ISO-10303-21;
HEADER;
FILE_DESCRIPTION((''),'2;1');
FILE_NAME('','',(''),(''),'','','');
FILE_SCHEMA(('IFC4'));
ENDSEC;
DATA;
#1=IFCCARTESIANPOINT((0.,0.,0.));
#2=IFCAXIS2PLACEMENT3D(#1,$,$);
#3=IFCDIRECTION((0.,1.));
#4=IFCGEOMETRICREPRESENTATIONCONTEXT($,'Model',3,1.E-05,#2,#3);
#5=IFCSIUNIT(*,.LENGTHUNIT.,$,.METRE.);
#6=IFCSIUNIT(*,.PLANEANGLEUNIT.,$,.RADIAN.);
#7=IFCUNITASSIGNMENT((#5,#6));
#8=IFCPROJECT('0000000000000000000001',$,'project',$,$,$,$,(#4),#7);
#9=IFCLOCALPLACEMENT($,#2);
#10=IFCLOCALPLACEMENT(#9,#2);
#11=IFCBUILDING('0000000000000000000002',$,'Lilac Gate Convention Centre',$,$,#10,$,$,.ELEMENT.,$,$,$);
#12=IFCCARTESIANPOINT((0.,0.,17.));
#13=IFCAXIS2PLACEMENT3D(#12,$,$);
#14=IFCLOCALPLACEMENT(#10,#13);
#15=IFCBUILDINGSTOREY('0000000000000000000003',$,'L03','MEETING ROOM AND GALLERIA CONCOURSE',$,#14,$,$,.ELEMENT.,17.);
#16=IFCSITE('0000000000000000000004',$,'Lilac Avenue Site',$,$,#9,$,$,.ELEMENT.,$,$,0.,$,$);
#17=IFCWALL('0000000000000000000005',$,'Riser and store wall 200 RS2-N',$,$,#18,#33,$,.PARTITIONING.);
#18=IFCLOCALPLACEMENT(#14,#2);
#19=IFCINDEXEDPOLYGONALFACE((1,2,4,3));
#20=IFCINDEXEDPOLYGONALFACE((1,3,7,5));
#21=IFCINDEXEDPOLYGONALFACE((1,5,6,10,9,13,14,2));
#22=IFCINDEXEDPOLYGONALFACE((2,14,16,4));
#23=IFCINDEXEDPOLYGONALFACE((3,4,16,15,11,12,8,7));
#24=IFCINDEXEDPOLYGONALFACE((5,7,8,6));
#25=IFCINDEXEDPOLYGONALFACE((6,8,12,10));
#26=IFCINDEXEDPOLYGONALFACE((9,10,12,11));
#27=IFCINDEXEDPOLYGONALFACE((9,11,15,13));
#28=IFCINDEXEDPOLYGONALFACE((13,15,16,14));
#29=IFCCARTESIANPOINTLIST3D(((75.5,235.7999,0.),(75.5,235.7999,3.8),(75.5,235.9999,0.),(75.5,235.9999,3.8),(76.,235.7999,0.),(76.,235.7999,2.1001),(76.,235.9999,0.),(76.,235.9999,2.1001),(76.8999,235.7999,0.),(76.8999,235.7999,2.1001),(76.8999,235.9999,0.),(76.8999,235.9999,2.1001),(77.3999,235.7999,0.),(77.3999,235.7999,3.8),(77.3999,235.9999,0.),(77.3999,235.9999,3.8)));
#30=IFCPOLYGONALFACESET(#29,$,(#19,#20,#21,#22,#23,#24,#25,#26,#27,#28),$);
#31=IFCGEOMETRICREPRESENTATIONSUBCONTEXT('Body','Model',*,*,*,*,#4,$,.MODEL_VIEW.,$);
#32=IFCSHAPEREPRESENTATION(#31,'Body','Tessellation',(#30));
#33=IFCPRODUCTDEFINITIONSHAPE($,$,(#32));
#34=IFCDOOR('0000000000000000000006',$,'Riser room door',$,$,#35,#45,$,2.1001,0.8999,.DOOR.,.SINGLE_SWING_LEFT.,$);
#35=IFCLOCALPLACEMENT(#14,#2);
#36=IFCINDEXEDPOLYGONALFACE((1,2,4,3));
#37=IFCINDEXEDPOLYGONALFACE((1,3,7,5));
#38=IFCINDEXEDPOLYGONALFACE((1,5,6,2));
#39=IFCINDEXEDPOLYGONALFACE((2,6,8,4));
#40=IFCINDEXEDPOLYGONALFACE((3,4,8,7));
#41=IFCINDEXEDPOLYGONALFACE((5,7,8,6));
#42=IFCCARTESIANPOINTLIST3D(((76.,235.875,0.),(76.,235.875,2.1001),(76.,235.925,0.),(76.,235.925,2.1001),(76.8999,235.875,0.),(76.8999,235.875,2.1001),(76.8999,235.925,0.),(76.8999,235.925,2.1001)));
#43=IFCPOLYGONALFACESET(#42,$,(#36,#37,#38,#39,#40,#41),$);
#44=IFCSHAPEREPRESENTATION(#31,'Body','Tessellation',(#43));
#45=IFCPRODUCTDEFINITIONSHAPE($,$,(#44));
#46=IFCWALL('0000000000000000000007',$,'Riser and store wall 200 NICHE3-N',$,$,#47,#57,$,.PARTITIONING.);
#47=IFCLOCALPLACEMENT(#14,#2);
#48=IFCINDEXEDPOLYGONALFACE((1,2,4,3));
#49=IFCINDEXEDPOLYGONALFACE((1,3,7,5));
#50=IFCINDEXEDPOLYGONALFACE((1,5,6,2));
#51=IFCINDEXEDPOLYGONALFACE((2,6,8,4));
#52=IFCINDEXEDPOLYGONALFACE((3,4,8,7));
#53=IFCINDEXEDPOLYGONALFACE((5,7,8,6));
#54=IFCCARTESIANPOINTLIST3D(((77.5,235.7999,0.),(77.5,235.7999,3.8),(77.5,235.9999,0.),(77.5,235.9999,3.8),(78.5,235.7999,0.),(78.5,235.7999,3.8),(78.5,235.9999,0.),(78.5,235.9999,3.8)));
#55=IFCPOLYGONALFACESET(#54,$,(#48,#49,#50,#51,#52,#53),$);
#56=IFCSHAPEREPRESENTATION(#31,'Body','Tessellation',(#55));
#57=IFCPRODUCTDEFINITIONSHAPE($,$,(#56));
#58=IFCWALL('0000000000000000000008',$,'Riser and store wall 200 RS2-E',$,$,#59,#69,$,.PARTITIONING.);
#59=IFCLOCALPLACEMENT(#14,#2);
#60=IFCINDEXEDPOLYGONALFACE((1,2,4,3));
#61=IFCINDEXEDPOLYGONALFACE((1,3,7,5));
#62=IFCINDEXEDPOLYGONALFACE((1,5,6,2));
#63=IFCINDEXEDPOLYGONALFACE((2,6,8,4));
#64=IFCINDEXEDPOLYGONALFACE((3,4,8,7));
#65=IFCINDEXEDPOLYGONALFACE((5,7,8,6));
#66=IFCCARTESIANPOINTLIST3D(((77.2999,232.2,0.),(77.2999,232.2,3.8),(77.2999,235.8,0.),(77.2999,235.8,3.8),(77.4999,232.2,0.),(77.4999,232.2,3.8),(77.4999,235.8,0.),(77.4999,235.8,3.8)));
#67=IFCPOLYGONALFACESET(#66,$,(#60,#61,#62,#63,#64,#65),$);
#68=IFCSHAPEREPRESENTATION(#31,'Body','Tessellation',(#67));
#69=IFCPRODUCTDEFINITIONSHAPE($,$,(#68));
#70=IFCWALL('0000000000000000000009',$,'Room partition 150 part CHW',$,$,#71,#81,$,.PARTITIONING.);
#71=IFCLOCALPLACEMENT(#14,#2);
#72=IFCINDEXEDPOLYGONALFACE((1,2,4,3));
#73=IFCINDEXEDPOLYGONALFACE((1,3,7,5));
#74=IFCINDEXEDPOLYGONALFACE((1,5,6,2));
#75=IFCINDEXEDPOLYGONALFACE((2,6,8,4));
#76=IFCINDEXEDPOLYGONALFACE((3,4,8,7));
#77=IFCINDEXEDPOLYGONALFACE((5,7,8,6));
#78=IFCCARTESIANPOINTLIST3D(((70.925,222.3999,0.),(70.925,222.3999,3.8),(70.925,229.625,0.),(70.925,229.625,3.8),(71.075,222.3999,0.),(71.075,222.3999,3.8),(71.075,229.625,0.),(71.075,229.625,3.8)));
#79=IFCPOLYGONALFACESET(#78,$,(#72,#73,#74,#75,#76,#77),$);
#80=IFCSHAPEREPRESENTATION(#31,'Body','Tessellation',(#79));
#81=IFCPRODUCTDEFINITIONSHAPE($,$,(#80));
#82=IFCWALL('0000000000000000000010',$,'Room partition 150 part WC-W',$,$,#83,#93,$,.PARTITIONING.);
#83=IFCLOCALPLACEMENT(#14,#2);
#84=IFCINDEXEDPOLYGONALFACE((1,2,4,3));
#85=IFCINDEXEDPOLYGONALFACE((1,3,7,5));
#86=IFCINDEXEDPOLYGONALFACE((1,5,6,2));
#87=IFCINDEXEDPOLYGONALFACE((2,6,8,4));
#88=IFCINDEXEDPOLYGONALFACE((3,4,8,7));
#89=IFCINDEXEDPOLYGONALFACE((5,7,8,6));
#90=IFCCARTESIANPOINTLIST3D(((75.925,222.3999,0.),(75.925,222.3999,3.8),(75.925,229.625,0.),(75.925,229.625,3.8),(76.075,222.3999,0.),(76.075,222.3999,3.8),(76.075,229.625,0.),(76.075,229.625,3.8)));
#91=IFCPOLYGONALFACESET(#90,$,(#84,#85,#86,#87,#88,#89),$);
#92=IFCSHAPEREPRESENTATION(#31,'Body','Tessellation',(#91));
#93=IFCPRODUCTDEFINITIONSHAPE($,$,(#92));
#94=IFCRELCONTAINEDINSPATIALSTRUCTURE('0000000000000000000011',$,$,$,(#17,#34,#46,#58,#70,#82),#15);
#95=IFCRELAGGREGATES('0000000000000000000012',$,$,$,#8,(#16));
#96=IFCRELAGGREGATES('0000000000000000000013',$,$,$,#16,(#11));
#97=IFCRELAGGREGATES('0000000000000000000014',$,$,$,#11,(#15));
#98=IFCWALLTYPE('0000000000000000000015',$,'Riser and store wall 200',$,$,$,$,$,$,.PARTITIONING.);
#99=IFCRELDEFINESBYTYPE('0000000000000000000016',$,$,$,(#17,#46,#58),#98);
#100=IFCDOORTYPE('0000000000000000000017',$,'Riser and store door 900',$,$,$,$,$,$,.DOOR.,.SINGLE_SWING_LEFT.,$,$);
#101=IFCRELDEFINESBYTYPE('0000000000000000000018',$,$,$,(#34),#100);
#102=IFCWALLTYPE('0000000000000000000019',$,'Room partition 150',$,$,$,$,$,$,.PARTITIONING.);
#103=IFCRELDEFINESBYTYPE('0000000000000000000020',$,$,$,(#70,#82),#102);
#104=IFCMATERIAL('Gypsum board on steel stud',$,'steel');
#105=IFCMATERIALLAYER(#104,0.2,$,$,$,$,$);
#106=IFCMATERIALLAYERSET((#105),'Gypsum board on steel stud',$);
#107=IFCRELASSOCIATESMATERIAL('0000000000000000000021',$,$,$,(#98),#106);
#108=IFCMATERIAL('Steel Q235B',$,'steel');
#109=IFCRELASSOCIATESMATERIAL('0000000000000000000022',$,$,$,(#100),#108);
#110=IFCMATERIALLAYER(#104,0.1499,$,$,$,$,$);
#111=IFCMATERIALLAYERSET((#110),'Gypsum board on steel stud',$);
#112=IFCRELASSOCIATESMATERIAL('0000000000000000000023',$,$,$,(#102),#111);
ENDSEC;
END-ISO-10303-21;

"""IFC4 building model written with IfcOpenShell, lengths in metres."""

from ifc_helpers import new_model, si_unit, direction, frame, frame_2d, origin, place, context, subcontext, project, spatial, rectangle, extrude, material, layer, layer_set, type_object, element, fill, save


model = new_model("IFC4")

# Units and contexts
model_context = context("Model", 3, precision=1e-05, world=origin(), true_north=direction((0.0, 1.0)))
body_context = subcontext(model_context, "Body", "Model", "MODEL_VIEW")
ifc_project = project(units=[si_unit("LENGTHUNIT", "METRE"), si_unit("PLANEANGLEUNIT", "RADIAN")], contexts=[model_context])

# Site, building, storey
site_placement = place(None, origin())
site = spatial("IfcSite", under=ifc_project, at=site_placement, Name="Lilac Avenue Site", CompositionType="ELEMENT", RefElevation=0.0)
building_placement = place(site_placement, origin())
building = spatial("IfcBuilding", under=site, at=building_placement, Name="Lilac Gate Convention Centre", CompositionType="ELEMENT")
storey_placement = place(building_placement, frame((0.0, 0.0, 17.0)))
storey = spatial("IfcBuildingStorey", under=building, at=storey_placement, Name="L03", Description="MEETING ROOM AND GALLERIA CONCOURSE", CompositionType="ELEMENT", Elevation=17.0)

# Shared definitions
ifc_material_1 = material(Name="Gypsum board on steel stud", Category="steel")

# Shared definitions
ifc_layer_1 = layer(ifc_material_1, 0.2)
ifc_layer_set_1 = layer_set([ifc_layer_1], Name="Gypsum board on steel stud")
wall_type_1 = type_object("IfcWallType", Name="Riser and store wall 200", PredefinedType="PARTITIONING", material=ifc_layer_set_1)

# Wall, opening, door
wall_1_placement = place(storey_placement, frame((77.3999, 235.8999, 0.0), z_axis=(0.0, 0.0, 1.0), x_axis=(-1.0, 0.0, 0.0)))
wall_1 = element("IfcWall", 1, at=wall_1_placement, inside=storey, type_object=wall_type_1, Name="Riser and store wall 200 RS2-N", PredefinedType="PARTITIONING", context=body_context, shape_type="SweptSolid", body=[
    extrude(rectangle(XDim=1.8999, YDim=0.2, at=frame_2d((0.95, 0.0))), origin(), (0.0, 0.0, 1.0), 3.8),
])
opening_1_placement = place(wall_1_placement, frame((0.5, 0.0, 0.0)))
opening_1 = element("IfcOpeningElement", 2, at=opening_1_placement, cuts=wall_1, PredefinedType="OPENING", context=body_context, shape_type="SweptSolid", body=[
    extrude(rectangle(XDim=0.8999, YDim=2.1001, at=frame_2d((0.45, 1.05))), frame((0.0, 0.1099, 0.0), z_axis=(0.0, -1.0, 0.0), x_axis=(1.0, 0.0, 0.0)), (0.0, 0.0, 1.0), 0.22),
])
ifc_material_2 = material(Name="Steel Q235B", Category="steel")
door_type_1 = type_object("IfcDoorType", Name="Riser and store door 900", OperationType="SINGLE_SWING_LEFT", PredefinedType="DOOR", material=ifc_material_2)
door_1_placement = place(opening_1_placement, origin())
door_1 = element("IfcDoor", 3, at=door_1_placement, inside=storey, type_object=door_type_1, Name="Riser room door", OperationType="SINGLE_SWING_LEFT", OverallHeight=2.1001, OverallWidth=0.8999, PredefinedType="DOOR", context=body_context, shape_type="SweptSolid", body=[
    extrude(rectangle(XDim=0.8999, YDim=2.1001, at=frame_2d((0.45, 1.05))), frame((0.0, 0.0249, 0.0), z_axis=(0.0, -1.0, 0.0), x_axis=(1.0, 0.0, 0.0)), (0.0, 0.0, 1.0), 0.05),
])
fill(opening_1, door_1)

# Walls
wall_2_placement = place(storey_placement, frame((77.5, 235.8999, 0.0), z_axis=(0.0, 0.0, 1.0), x_axis=(1.0, 0.0, 0.0)))
element("IfcWall", 4, at=wall_2_placement, inside=storey, type_object=wall_type_1, Name="Riser and store wall 200 NICHE3-N", PredefinedType="PARTITIONING", context=body_context, shape_type="SweptSolid", body=[
    extrude(rectangle(XDim=1.0, YDim=0.2, at=frame_2d((0.5, 0.0))), origin(), (0.0, 0.0, 1.0), 3.8),
])
wall_3_placement = place(storey_placement, frame((77.3999, 232.2, 0.0), z_axis=(0.0, 0.0, 1.0), x_axis=(0.0, 1.0, 0.0)))
element("IfcWall", 5, at=wall_3_placement, inside=storey, type_object=wall_type_1, Name="Riser and store wall 200 RS2-E", PredefinedType="PARTITIONING", context=body_context, shape_type="SweptSolid", body=[
    extrude(rectangle(XDim=3.6001, YDim=0.2, at=frame_2d((1.8, 0.0))), origin(), (0.0, 0.0, 1.0), 3.8),
])
ifc_layer_2 = layer(ifc_material_1, 0.1499)
ifc_layer_set_2 = layer_set([ifc_layer_2], Name="Gypsum board on steel stud")
wall_type_2 = type_object("IfcWallType", Name="Room partition 150", PredefinedType="PARTITIONING", material=ifc_layer_set_2)
for number, where, z_axis, x_axis, name in (
    (6, (71.0, 222.3999, 0.0), (0.0, 0.0, 1.0), (0.0, 1.0, 0.0), "Room partition 150 part CHW"),
    (7, (76.0, 222.3999, 0.0), (0.0, 0.0, 1.0), (0.0, 1.0, 0.0), "Room partition 150 part WC-W"),
):
    element("IfcWall", number, at=place(storey_placement, frame(where, z_axis=z_axis, x_axis=x_axis)), inside=storey, type_object=wall_type_2, Name=name, PredefinedType="PARTITIONING", context=body_context, shape_type="SweptSolid", body=[
        extrude(rectangle(XDim=7.2251, YDim=0.1499, at=frame_2d((3.6125, 0.0))), origin(), (0.0, 0.0, 1.0), 3.8),
    ])

save(model, "model.ifc")
